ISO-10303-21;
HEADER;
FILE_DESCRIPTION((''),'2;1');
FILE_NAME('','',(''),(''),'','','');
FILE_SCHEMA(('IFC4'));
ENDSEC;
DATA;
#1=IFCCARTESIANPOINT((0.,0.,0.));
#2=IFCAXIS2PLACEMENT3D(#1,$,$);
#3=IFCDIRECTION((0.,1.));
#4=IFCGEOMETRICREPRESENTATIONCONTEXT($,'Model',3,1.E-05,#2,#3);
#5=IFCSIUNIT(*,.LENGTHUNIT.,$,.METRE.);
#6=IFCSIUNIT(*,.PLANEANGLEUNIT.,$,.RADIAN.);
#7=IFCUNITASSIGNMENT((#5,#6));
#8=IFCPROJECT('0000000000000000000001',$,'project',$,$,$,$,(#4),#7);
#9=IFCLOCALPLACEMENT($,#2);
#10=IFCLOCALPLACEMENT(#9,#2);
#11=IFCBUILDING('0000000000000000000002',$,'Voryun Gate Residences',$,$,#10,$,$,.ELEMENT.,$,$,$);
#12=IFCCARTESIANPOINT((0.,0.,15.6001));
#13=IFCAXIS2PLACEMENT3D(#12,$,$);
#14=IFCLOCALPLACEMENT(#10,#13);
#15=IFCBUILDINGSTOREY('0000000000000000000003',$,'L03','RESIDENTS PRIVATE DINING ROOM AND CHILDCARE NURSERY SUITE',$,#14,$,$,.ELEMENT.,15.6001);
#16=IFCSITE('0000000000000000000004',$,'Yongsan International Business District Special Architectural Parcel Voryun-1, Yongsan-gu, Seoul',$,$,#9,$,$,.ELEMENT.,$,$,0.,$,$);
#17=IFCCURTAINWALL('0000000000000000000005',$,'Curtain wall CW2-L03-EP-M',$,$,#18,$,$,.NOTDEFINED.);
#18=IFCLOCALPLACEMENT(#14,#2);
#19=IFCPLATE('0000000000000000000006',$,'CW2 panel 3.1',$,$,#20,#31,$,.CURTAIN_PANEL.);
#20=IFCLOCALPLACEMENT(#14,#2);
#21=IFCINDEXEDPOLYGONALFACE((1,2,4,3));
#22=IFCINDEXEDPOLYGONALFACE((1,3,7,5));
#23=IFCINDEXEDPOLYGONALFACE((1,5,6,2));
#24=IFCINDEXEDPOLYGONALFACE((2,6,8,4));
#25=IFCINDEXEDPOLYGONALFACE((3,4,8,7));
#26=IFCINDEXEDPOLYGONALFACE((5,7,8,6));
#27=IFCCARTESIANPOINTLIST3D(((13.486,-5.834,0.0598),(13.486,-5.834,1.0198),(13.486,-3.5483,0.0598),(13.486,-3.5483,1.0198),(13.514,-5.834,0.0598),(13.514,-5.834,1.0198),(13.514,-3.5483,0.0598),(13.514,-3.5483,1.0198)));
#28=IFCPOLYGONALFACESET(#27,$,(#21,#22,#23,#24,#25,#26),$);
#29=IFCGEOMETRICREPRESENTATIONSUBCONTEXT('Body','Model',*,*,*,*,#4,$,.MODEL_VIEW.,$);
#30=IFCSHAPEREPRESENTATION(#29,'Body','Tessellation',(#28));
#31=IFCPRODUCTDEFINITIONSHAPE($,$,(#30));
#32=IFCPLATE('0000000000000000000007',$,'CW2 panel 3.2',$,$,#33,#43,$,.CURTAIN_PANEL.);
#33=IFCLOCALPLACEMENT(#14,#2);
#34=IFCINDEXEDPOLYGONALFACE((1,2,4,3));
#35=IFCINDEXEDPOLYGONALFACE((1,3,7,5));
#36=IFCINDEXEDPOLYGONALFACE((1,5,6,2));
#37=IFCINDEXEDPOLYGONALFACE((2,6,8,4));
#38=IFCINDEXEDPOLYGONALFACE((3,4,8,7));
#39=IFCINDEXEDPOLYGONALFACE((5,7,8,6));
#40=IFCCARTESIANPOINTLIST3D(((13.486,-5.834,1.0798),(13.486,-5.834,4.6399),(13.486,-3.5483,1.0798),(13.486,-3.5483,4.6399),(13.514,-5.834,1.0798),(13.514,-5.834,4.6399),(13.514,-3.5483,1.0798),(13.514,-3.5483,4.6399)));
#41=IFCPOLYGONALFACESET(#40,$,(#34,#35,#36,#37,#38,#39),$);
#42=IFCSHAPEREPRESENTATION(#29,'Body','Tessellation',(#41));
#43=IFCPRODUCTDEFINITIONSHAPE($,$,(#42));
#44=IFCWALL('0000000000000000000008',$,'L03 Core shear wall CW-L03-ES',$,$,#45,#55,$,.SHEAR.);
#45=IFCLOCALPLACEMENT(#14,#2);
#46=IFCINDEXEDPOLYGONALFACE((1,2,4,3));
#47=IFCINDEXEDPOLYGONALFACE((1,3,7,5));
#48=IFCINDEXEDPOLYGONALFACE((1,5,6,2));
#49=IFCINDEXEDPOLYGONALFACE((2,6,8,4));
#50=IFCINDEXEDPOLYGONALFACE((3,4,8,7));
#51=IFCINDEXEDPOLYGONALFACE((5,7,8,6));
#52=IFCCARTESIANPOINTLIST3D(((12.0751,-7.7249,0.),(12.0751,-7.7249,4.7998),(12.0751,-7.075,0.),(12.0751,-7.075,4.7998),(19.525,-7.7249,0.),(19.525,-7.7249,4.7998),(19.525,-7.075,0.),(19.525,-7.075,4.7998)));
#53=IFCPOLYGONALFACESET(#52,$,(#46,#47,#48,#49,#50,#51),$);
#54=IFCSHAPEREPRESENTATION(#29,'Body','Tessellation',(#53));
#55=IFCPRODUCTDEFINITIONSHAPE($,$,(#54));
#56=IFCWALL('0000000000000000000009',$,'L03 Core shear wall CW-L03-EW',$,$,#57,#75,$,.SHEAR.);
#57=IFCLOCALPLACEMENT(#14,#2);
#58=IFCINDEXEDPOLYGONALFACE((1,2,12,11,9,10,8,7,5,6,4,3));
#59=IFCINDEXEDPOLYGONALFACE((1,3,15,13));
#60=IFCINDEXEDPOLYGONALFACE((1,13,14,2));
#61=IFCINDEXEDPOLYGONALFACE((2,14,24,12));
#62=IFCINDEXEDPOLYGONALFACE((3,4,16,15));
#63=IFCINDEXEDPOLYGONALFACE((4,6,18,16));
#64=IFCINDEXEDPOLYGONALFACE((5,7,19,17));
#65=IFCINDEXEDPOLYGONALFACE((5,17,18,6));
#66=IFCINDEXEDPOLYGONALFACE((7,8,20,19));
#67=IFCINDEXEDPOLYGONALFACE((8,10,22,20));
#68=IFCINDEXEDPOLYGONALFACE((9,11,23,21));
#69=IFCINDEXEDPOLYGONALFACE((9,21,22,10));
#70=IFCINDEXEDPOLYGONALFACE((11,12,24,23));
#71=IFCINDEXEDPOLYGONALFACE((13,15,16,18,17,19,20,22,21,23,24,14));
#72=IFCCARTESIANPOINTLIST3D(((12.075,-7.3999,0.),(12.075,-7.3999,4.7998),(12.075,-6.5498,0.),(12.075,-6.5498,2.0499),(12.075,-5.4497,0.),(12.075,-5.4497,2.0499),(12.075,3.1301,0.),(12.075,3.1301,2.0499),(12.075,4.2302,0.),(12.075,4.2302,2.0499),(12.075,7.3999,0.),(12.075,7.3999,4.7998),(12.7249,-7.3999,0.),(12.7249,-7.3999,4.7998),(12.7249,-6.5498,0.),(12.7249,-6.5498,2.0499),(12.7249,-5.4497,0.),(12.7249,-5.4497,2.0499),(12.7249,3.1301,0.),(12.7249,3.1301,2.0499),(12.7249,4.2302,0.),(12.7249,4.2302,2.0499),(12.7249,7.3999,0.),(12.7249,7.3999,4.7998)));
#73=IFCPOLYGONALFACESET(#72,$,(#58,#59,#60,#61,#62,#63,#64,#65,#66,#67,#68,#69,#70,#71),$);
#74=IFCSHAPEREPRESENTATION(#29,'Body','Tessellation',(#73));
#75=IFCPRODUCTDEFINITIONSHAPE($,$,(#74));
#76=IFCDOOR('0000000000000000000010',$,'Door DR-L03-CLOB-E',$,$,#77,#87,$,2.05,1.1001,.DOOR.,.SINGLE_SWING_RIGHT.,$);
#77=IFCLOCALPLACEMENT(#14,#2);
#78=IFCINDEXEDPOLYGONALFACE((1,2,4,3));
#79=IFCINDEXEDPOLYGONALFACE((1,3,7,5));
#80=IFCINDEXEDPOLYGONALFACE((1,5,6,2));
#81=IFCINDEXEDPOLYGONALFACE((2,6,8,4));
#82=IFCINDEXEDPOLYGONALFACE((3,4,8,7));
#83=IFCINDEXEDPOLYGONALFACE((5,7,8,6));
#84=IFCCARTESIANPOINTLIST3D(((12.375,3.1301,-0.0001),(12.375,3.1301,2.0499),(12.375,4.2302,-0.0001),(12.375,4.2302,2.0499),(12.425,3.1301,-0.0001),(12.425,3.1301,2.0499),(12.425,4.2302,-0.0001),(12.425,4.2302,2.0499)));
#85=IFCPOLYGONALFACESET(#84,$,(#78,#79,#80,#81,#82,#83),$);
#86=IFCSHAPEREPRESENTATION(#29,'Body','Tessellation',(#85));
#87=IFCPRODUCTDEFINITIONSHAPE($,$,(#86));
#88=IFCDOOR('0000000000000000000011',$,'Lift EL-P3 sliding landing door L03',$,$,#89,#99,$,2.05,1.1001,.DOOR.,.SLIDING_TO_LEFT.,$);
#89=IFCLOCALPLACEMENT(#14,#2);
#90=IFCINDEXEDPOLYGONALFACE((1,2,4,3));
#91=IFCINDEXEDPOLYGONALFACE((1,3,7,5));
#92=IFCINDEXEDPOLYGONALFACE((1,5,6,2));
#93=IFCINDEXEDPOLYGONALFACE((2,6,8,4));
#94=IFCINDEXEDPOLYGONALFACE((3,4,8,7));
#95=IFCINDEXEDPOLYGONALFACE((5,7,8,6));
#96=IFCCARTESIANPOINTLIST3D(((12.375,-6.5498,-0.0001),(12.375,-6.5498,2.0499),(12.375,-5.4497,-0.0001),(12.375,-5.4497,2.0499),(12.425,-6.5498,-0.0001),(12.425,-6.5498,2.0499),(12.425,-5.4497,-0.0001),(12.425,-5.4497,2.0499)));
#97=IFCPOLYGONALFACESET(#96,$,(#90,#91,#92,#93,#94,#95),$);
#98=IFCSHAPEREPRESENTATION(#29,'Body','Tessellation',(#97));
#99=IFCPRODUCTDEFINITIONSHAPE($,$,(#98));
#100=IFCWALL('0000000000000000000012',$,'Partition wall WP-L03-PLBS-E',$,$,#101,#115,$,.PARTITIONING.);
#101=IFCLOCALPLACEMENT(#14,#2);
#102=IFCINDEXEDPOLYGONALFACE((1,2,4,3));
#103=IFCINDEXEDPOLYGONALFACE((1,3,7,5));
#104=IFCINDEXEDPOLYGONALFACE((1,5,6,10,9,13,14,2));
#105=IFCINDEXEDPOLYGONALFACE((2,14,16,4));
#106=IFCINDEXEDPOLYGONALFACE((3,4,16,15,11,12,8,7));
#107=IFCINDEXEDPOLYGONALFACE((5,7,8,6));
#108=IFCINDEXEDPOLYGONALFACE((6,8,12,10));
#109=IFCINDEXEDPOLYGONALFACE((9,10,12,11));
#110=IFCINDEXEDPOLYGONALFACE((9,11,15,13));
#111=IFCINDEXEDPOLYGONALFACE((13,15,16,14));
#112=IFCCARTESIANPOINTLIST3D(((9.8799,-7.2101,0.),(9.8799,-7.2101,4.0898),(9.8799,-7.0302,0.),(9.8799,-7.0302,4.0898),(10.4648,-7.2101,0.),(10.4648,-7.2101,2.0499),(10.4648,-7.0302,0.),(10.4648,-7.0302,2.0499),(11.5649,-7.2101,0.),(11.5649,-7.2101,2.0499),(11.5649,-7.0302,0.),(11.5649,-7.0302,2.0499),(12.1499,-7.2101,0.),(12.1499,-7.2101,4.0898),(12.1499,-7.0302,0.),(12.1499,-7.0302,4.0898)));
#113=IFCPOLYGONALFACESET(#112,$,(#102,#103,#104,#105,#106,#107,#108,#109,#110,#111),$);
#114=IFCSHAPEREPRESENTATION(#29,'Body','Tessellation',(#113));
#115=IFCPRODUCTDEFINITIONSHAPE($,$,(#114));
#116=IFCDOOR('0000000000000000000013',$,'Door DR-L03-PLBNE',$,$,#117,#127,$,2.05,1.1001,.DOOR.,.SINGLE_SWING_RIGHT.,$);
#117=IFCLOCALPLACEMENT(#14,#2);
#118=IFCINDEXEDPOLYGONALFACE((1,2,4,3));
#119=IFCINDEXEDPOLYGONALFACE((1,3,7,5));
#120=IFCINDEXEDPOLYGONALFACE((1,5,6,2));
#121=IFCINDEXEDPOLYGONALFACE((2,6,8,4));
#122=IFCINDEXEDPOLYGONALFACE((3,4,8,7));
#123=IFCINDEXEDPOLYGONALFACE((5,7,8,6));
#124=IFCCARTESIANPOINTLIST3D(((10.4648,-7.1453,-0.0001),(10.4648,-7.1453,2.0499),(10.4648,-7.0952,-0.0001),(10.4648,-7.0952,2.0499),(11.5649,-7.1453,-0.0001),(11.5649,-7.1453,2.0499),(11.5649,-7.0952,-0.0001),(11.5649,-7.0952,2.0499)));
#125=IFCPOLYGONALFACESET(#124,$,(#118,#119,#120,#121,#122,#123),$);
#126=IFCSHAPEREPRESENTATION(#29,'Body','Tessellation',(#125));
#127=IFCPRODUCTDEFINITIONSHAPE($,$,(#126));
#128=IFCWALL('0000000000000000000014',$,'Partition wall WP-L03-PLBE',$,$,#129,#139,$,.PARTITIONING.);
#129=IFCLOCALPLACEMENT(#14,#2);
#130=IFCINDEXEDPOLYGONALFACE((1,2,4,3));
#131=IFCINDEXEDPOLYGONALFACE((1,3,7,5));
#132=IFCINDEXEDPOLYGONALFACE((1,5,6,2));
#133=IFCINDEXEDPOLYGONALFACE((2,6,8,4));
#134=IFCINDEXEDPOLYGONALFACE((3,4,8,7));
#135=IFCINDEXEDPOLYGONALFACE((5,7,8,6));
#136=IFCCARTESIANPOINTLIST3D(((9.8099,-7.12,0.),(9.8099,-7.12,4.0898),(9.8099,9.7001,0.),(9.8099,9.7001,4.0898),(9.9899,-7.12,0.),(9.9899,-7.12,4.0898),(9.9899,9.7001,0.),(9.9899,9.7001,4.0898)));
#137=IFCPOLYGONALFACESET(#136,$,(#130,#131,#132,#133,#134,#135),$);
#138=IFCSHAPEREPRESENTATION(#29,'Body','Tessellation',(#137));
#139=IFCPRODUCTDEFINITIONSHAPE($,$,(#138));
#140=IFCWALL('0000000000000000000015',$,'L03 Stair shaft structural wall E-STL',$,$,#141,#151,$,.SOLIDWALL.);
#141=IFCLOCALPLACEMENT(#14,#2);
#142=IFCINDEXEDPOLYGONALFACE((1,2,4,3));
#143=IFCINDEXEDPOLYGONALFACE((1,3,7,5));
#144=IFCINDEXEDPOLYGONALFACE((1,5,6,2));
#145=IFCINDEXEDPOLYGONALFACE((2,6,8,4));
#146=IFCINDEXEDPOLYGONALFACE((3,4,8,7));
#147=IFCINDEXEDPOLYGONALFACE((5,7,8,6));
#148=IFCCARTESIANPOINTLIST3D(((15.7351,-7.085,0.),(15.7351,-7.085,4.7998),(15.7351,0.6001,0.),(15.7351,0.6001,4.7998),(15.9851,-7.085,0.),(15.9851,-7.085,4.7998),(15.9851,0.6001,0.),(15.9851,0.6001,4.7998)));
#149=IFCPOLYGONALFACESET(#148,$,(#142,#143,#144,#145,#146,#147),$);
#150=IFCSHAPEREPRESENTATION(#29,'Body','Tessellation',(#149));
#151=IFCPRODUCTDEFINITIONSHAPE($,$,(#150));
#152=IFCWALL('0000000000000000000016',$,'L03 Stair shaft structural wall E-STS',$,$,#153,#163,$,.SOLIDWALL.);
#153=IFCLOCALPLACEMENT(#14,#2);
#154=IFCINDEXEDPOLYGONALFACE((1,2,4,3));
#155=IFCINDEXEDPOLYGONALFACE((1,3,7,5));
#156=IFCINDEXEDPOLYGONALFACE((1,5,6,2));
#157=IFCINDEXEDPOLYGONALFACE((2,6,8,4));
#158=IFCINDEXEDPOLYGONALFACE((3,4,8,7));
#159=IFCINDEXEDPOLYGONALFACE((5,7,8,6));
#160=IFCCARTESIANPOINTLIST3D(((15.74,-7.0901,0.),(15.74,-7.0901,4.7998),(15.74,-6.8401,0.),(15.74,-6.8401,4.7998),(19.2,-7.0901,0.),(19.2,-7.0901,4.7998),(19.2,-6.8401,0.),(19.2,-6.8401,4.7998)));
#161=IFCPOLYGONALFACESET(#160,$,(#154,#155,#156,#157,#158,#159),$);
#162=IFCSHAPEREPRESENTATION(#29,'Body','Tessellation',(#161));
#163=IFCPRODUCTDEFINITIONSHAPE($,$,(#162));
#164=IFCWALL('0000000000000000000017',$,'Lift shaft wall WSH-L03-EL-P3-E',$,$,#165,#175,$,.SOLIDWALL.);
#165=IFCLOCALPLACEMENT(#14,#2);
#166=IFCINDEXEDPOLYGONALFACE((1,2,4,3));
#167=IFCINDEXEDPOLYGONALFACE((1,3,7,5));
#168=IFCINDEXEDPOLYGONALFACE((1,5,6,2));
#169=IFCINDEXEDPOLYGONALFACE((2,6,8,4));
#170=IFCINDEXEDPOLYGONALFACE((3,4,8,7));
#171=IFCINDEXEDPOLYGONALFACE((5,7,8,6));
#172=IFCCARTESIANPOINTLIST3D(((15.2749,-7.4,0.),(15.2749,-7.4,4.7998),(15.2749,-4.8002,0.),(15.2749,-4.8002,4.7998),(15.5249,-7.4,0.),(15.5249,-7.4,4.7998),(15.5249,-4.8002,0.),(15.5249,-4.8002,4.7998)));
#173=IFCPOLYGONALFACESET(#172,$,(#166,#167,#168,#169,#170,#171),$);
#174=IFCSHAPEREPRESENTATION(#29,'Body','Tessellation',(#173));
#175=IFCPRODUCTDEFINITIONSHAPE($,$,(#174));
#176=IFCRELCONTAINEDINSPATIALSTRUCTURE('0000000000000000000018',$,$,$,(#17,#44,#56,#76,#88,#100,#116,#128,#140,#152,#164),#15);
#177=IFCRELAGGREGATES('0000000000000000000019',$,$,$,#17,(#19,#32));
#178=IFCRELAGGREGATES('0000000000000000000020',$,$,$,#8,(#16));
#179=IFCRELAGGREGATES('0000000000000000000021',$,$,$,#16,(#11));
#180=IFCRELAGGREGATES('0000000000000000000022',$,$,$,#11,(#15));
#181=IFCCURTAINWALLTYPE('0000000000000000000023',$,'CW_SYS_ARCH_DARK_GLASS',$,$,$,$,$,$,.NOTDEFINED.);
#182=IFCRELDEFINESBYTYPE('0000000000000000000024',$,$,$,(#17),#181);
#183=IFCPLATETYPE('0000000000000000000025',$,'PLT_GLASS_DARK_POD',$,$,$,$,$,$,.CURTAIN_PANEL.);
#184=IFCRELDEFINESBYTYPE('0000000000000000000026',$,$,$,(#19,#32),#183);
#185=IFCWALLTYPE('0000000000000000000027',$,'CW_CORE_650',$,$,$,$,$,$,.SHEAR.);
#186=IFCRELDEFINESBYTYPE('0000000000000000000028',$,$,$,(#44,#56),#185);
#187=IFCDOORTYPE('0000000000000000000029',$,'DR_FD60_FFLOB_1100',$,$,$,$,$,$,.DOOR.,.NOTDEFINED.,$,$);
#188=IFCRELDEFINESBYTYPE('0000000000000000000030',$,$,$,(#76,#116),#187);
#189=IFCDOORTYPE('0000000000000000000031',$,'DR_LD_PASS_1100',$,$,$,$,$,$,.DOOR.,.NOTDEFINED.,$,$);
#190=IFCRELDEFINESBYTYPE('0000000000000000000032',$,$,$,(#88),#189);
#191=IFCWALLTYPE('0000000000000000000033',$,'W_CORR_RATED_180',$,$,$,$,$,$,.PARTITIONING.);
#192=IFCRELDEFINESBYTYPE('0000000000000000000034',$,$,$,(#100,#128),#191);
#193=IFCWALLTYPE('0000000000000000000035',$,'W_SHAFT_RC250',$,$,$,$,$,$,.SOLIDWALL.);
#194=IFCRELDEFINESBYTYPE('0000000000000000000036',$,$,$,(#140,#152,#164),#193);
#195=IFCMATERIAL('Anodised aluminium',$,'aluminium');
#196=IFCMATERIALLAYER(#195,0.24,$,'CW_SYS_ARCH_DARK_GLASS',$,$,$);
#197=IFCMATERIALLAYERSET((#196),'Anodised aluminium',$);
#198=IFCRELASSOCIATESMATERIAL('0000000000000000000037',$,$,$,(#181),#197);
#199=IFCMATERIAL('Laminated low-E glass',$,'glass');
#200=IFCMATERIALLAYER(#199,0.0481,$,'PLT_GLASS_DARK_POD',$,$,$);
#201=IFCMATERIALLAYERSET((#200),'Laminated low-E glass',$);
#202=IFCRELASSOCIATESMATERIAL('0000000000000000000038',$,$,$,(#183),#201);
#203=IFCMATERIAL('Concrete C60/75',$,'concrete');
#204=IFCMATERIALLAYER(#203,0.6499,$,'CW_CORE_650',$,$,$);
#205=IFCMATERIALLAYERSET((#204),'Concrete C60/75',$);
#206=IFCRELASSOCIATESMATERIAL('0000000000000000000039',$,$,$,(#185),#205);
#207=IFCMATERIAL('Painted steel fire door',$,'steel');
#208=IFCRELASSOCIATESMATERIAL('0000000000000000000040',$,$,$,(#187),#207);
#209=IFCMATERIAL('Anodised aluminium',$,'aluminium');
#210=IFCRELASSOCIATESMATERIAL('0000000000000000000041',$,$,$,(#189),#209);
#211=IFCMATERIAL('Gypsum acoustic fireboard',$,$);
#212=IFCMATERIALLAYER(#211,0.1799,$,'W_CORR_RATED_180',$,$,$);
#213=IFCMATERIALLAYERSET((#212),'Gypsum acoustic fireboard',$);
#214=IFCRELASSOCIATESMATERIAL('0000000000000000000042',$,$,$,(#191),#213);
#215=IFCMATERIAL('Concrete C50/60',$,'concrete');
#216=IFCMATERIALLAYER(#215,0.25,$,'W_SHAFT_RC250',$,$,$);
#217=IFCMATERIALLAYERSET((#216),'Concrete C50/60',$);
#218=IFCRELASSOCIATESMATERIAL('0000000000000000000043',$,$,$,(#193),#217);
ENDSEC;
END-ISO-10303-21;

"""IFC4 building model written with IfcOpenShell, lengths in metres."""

from ifc_helpers import new_model, si_unit, direction, frame, frame_2d, origin, origin_2d, place, context, subcontext, project, spatial, rectangle, extrude, material, layer, layer_set, type_object, element, fill, aggregate, save


model = new_model("IFC4")

# Units and contexts
model_context = context("Model", 3, precision=1e-05, world=origin(), true_north=direction((0.0, 1.0)))
body_context = subcontext(model_context, "Body", "Model", "MODEL_VIEW")
ifc_project = project(units=[si_unit("LENGTHUNIT", "METRE"), si_unit("PLANEANGLEUNIT", "RADIAN")], contexts=[model_context])

# Site, building, storey
site_placement = place(None, origin())
site = spatial("IfcSite", under=ifc_project, at=site_placement, Name="Yongsan International Business District Special Architectural Parcel Voryun-1, Yongsan-gu, Seoul", CompositionType="ELEMENT", RefElevation=0.0)
building_placement = place(site_placement, origin())
building = spatial("IfcBuilding", under=site, at=building_placement, Name="Voryun Gate Residences", CompositionType="ELEMENT")
storey_placement = place(building_placement, frame((0.0, 0.0, 15.6001)))
storey = spatial("IfcBuildingStorey", under=building, at=storey_placement, Name="L03", Description="RESIDENTS PRIVATE DINING ROOM AND CHILDCARE NURSERY SUITE", CompositionType="ELEMENT", Elevation=15.6001)

# Curtain wall
ifc_material_1 = material(Name="Anodised aluminium", Category="aluminium")
ifc_layer_1 = layer(ifc_material_1, 0.24, Name="CW_SYS_ARCH_DARK_GLASS")
ifc_layer_set_1 = layer_set([ifc_layer_1], Name="Anodised aluminium")
curtain_wall_type = type_object("IfcCurtainWallType", Name="CW_SYS_ARCH_DARK_GLASS", PredefinedType="NOTDEFINED", material=ifc_layer_set_1)
curtain_wall_placement = place(storey_placement, origin())
curtain_wall = element("IfcCurtainWall", 1, at=curtain_wall_placement, inside=storey, type_object=curtain_wall_type, Name="Curtain wall CW2-L03-EP-M", PredefinedType="NOTDEFINED")

# Plates
ifc_material_2 = material(Name="Laminated low-E glass", Category="glass")
ifc_layer_2 = layer(ifc_material_2, 0.0481, Name="PLT_GLASS_DARK_POD")
ifc_layer_set_2 = layer_set([ifc_layer_2], Name="Laminated low-E glass")
plate_type_1 = type_object("IfcPlateType", Name="PLT_GLASS_DARK_POD", PredefinedType="CURTAIN_PANEL", material=ifc_layer_set_2)
plate_1_placement = place(storey_placement, frame((13.5, -4.6912, 0.0598), z_axis=(0.0, 0.0, 1.0), x_axis=(0.0, 1.0, 0.0)))
plate_1 = element("IfcPlate", 2, at=plate_1_placement, type_object=plate_type_1, Name="CW2 panel 3.1", PredefinedType="CURTAIN_PANEL", context=body_context, shape_type="SweptSolid", body=[
    extrude(rectangle(XDim=2.2856, YDim=0.0281, at=origin_2d()), origin(), (0.0, 0.0, 1.0), 0.96),
])
plate_2_placement = place(storey_placement, frame((13.5, -4.6912, 1.0798), z_axis=(0.0, 0.0, 1.0), x_axis=(0.0, 1.0, 0.0)))
plate_2 = element("IfcPlate", 3, at=plate_2_placement, type_object=plate_type_1, Name="CW2 panel 3.2", PredefinedType="CURTAIN_PANEL", context=body_context, shape_type="SweptSolid", body=[
    extrude(rectangle(XDim=2.2856, YDim=0.0281, at=origin_2d()), origin(), (0.0, 0.0, 1.0), 3.5601),
])
aggregate(curtain_wall, [plate_1, plate_2])

# Wall
ifc_material_3 = material(Name="Concrete C60/75", Category="concrete")
ifc_layer_3 = layer(ifc_material_3, 0.6499, Name="CW_CORE_650")
ifc_layer_set_3 = layer_set([ifc_layer_3], Name="Concrete C60/75")
wall_type_1 = type_object("IfcWallType", Name="CW_CORE_650", PredefinedType="SHEAR", material=ifc_layer_set_3)
wall_1_placement = place(storey_placement, frame((12.075, -7.3999, 0.0), z_axis=(0.0, 0.0, 1.0), x_axis=(1.0, 0.0, 0.0)))
element("IfcWall", 4, at=wall_1_placement, inside=storey, type_object=wall_type_1, Name="L03 Core shear wall CW-L03-ES", PredefinedType="SHEAR", context=body_context, shape_type="SweptSolid", body=[
    extrude(rectangle(XDim=7.45, YDim=0.6499, at=frame_2d((3.7251, 0.0))), origin(), (0.0, 0.0, 1.0), 4.7998),
])

# Wall, openings, doors
wall_2_placement = place(storey_placement, frame((12.3999, -7.3999, 0.0), z_axis=(0.0, 0.0, 1.0), x_axis=(0.0, 1.0, 0.0)))
wall_2 = element("IfcWall", 5, at=wall_2_placement, inside=storey, type_object=wall_type_1, Name="L03 Core shear wall CW-L03-EW", PredefinedType="SHEAR", context=body_context, shape_type="SweptSolid", body=[
    extrude(rectangle(XDim=14.7998, YDim=0.6499, at=frame_2d((7.3999, 0.0))), origin(), (0.0, 0.0, 1.0), 4.7998),
])
opening_1_placement = place(wall_2_placement, frame((0.8501, 0.0, 0.0)))
opening_1 = element("IfcOpeningElement", 6, at=opening_1_placement, cuts=wall_2, PredefinedType="OPENING", context=body_context, shape_type="SweptSolid", body=[
    extrude(rectangle(XDim=1.1001, YDim=2.05, at=frame_2d((0.55, 1.0249))), frame((0.0, 0.335, 0.0), z_axis=(0.0, -1.0, 0.0), x_axis=(1.0, 0.0, 0.0)), (0.0, 0.0, 1.0), 0.6699),
])
opening_2_placement = place(wall_2_placement, frame((10.53, 0.0, 0.0)))
opening_2 = element("IfcOpeningElement", 7, at=opening_2_placement, cuts=wall_2, PredefinedType="OPENING", context=body_context, shape_type="SweptSolid", body=[
    extrude(rectangle(XDim=1.1001, YDim=2.05, at=frame_2d((0.55, 1.0249))), frame((0.0, 0.335, 0.0), z_axis=(0.0, -1.0, 0.0), x_axis=(1.0, 0.0, 0.0)), (0.0, 0.0, 1.0), 0.6699),
])
ifc_material_4 = material(Name="Painted steel fire door", Category="steel")
door_type_1 = type_object("IfcDoorType", Name="DR_FD60_FFLOB_1100", OperationType="NOTDEFINED", PredefinedType="DOOR", material=ifc_material_4)
door_1_placement = place(opening_2_placement, origin())
door_1 = element("IfcDoor", 8, at=door_1_placement, inside=storey, type_object=door_type_1, Name="Door DR-L03-CLOB-E", OperationType="SINGLE_SWING_RIGHT", OverallHeight=2.05, OverallWidth=1.1001, PredefinedType="DOOR", context=body_context, shape_type="SweptSolid", body=[
    extrude(rectangle(XDim=1.1001, YDim=2.05, at=frame_2d((0.55, 1.0249))), frame((0.0, 0.0249, 0.0), z_axis=(0.0, -1.0, 0.0), x_axis=(1.0, 0.0, 0.0)), (0.0, 0.0, 1.0), 0.05),
])
fill(opening_2, door_1)
ifc_material_5 = material(Name="Anodised aluminium", Category="aluminium")
door_type_2 = type_object("IfcDoorType", Name="DR_LD_PASS_1100", OperationType="NOTDEFINED", PredefinedType="DOOR", material=ifc_material_5)
door_2_placement = place(opening_1_placement, origin())
door_2 = element("IfcDoor", 9, at=door_2_placement, inside=storey, type_object=door_type_2, Name="Lift EL-P3 sliding landing door L03", OperationType="SLIDING_TO_LEFT", OverallHeight=2.05, OverallWidth=1.1001, PredefinedType="DOOR", context=body_context, shape_type="SweptSolid", body=[
    extrude(rectangle(XDim=1.1001, YDim=2.05, at=frame_2d((0.55, 1.0249))), frame((0.0, 0.0249, 0.0), z_axis=(0.0, -1.0, 0.0), x_axis=(1.0, 0.0, 0.0)), (0.0, 0.0, 1.0), 0.05),
])
fill(opening_1, door_2)

# Wall, opening, door
ifc_material_6 = material(Name="Gypsum acoustic fireboard")
ifc_layer_4 = layer(ifc_material_6, 0.1799, Name="W_CORR_RATED_180")
ifc_layer_set_4 = layer_set([ifc_layer_4], Name="Gypsum acoustic fireboard")
wall_type_2 = type_object("IfcWallType", Name="W_CORR_RATED_180", PredefinedType="PARTITIONING", material=ifc_layer_set_4)
wall_3_placement = place(storey_placement, frame((9.8799, -7.1201, 0.0), z_axis=(0.0, 0.0, 1.0), x_axis=(1.0, 0.0, 0.0)))
wall_3 = element("IfcWall", 10, at=wall_3_placement, inside=storey, type_object=wall_type_2, Name="Partition wall WP-L03-PLBS-E", PredefinedType="PARTITIONING", context=body_context, shape_type="SweptSolid", body=[
    extrude(rectangle(XDim=2.27, YDim=0.1799, at=frame_2d((1.135, 0.0))), origin(), (0.0, 0.0, 1.0), 4.0898),
])
opening_3_placement = place(wall_3_placement, frame((0.585, 0.0, 0.0)))
opening_3 = element("IfcOpeningElement", 11, at=opening_3_placement, cuts=wall_3, PredefinedType="OPENING", context=body_context, shape_type="SweptSolid", body=[
    extrude(rectangle(XDim=1.1001, YDim=2.05, at=frame_2d((0.55, 1.0249))), frame((0.0, 0.0999, 0.0), z_axis=(0.0, -1.0, 0.0), x_axis=(1.0, 0.0, 0.0)), (0.0, 0.0, 1.0), 0.2),
])
door_3_placement = place(opening_3_placement, origin())
door_3 = element("IfcDoor", 12, at=door_3_placement, inside=storey, type_object=door_type_1, Name="Door DR-L03-PLBNE", OperationType="SINGLE_SWING_RIGHT", OverallHeight=2.05, OverallWidth=1.1001, PredefinedType="DOOR", context=body_context, shape_type="SweptSolid", body=[
    extrude(rectangle(XDim=1.1001, YDim=2.05, at=frame_2d((0.55, 1.0249))), frame((0.0, 0.0249, 0.0), z_axis=(0.0, -1.0, 0.0), x_axis=(1.0, 0.0, 0.0)), (0.0, 0.0, 1.0), 0.05),
])
fill(opening_3, door_3)

# Walls
wall_4_placement = place(storey_placement, frame((9.8999, -7.1201, 0.0), z_axis=(0.0, 0.0, 1.0), x_axis=(0.0, 1.0, 0.0)))
element("IfcWall", 13, at=wall_4_placement, inside=storey, type_object=wall_type_2, Name="Partition wall WP-L03-PLBE", PredefinedType="PARTITIONING", context=body_context, shape_type="SweptSolid", body=[
    extrude(rectangle(XDim=16.8201, YDim=0.1799, at=frame_2d((8.4102, 0.0))), origin(), (0.0, 0.0, 1.0), 4.0898),
])
ifc_material_7 = material(Name="Concrete C50/60", Category="concrete")
ifc_layer_5 = layer(ifc_material_7, 0.25, Name="W_SHAFT_RC250")
ifc_layer_set_5 = layer_set([ifc_layer_5], Name="Concrete C50/60")
wall_type_3 = type_object("IfcWallType", Name="W_SHAFT_RC250", PredefinedType="SOLIDWALL", material=ifc_layer_set_5)
wall_5_placement = place(storey_placement, frame((15.8601, -7.085, 0.0), z_axis=(0.0, 0.0, 1.0), x_axis=(0.0, 1.0, 0.0)))
element("IfcWall", 14, at=wall_5_placement, inside=storey, type_object=wall_type_3, Name="L03 Stair shaft structural wall E-STL", PredefinedType="SOLIDWALL", context=body_context, shape_type="SweptSolid", body=[
    extrude(rectangle(XDim=7.6851, YDim=0.25, at=frame_2d((3.8425, 0.0))), origin(), (0.0, 0.0, 1.0), 4.7998),
])
wall_6_placement = place(storey_placement, frame((15.74, -6.9651, 0.0), z_axis=(0.0, 0.0, 1.0), x_axis=(1.0, 0.0, 0.0)))
element("IfcWall", 15, at=wall_6_placement, inside=storey, type_object=wall_type_3, Name="L03 Stair shaft structural wall E-STS", PredefinedType="SOLIDWALL", context=body_context, shape_type="SweptSolid", body=[
    extrude(rectangle(XDim=3.46, YDim=0.25, at=frame_2d((1.73, 0.0))), origin(), (0.0, 0.0, 1.0), 4.7998),
])
wall_7_placement = place(storey_placement, frame((15.3999, -7.3999, 0.0), z_axis=(0.0, 0.0, 1.0), x_axis=(0.0, 1.0, 0.0)))
element("IfcWall", 16, at=wall_7_placement, inside=storey, type_object=wall_type_3, Name="Lift shaft wall WSH-L03-EL-P3-E", PredefinedType="SOLIDWALL", context=body_context, shape_type="SweptSolid", body=[
    extrude(rectangle(XDim=2.5999, YDim=0.25, at=frame_2d((1.2998, 0.0))), origin(), (0.0, 0.0, 1.0), 4.7998),
])

save(model, "model.ifc")
